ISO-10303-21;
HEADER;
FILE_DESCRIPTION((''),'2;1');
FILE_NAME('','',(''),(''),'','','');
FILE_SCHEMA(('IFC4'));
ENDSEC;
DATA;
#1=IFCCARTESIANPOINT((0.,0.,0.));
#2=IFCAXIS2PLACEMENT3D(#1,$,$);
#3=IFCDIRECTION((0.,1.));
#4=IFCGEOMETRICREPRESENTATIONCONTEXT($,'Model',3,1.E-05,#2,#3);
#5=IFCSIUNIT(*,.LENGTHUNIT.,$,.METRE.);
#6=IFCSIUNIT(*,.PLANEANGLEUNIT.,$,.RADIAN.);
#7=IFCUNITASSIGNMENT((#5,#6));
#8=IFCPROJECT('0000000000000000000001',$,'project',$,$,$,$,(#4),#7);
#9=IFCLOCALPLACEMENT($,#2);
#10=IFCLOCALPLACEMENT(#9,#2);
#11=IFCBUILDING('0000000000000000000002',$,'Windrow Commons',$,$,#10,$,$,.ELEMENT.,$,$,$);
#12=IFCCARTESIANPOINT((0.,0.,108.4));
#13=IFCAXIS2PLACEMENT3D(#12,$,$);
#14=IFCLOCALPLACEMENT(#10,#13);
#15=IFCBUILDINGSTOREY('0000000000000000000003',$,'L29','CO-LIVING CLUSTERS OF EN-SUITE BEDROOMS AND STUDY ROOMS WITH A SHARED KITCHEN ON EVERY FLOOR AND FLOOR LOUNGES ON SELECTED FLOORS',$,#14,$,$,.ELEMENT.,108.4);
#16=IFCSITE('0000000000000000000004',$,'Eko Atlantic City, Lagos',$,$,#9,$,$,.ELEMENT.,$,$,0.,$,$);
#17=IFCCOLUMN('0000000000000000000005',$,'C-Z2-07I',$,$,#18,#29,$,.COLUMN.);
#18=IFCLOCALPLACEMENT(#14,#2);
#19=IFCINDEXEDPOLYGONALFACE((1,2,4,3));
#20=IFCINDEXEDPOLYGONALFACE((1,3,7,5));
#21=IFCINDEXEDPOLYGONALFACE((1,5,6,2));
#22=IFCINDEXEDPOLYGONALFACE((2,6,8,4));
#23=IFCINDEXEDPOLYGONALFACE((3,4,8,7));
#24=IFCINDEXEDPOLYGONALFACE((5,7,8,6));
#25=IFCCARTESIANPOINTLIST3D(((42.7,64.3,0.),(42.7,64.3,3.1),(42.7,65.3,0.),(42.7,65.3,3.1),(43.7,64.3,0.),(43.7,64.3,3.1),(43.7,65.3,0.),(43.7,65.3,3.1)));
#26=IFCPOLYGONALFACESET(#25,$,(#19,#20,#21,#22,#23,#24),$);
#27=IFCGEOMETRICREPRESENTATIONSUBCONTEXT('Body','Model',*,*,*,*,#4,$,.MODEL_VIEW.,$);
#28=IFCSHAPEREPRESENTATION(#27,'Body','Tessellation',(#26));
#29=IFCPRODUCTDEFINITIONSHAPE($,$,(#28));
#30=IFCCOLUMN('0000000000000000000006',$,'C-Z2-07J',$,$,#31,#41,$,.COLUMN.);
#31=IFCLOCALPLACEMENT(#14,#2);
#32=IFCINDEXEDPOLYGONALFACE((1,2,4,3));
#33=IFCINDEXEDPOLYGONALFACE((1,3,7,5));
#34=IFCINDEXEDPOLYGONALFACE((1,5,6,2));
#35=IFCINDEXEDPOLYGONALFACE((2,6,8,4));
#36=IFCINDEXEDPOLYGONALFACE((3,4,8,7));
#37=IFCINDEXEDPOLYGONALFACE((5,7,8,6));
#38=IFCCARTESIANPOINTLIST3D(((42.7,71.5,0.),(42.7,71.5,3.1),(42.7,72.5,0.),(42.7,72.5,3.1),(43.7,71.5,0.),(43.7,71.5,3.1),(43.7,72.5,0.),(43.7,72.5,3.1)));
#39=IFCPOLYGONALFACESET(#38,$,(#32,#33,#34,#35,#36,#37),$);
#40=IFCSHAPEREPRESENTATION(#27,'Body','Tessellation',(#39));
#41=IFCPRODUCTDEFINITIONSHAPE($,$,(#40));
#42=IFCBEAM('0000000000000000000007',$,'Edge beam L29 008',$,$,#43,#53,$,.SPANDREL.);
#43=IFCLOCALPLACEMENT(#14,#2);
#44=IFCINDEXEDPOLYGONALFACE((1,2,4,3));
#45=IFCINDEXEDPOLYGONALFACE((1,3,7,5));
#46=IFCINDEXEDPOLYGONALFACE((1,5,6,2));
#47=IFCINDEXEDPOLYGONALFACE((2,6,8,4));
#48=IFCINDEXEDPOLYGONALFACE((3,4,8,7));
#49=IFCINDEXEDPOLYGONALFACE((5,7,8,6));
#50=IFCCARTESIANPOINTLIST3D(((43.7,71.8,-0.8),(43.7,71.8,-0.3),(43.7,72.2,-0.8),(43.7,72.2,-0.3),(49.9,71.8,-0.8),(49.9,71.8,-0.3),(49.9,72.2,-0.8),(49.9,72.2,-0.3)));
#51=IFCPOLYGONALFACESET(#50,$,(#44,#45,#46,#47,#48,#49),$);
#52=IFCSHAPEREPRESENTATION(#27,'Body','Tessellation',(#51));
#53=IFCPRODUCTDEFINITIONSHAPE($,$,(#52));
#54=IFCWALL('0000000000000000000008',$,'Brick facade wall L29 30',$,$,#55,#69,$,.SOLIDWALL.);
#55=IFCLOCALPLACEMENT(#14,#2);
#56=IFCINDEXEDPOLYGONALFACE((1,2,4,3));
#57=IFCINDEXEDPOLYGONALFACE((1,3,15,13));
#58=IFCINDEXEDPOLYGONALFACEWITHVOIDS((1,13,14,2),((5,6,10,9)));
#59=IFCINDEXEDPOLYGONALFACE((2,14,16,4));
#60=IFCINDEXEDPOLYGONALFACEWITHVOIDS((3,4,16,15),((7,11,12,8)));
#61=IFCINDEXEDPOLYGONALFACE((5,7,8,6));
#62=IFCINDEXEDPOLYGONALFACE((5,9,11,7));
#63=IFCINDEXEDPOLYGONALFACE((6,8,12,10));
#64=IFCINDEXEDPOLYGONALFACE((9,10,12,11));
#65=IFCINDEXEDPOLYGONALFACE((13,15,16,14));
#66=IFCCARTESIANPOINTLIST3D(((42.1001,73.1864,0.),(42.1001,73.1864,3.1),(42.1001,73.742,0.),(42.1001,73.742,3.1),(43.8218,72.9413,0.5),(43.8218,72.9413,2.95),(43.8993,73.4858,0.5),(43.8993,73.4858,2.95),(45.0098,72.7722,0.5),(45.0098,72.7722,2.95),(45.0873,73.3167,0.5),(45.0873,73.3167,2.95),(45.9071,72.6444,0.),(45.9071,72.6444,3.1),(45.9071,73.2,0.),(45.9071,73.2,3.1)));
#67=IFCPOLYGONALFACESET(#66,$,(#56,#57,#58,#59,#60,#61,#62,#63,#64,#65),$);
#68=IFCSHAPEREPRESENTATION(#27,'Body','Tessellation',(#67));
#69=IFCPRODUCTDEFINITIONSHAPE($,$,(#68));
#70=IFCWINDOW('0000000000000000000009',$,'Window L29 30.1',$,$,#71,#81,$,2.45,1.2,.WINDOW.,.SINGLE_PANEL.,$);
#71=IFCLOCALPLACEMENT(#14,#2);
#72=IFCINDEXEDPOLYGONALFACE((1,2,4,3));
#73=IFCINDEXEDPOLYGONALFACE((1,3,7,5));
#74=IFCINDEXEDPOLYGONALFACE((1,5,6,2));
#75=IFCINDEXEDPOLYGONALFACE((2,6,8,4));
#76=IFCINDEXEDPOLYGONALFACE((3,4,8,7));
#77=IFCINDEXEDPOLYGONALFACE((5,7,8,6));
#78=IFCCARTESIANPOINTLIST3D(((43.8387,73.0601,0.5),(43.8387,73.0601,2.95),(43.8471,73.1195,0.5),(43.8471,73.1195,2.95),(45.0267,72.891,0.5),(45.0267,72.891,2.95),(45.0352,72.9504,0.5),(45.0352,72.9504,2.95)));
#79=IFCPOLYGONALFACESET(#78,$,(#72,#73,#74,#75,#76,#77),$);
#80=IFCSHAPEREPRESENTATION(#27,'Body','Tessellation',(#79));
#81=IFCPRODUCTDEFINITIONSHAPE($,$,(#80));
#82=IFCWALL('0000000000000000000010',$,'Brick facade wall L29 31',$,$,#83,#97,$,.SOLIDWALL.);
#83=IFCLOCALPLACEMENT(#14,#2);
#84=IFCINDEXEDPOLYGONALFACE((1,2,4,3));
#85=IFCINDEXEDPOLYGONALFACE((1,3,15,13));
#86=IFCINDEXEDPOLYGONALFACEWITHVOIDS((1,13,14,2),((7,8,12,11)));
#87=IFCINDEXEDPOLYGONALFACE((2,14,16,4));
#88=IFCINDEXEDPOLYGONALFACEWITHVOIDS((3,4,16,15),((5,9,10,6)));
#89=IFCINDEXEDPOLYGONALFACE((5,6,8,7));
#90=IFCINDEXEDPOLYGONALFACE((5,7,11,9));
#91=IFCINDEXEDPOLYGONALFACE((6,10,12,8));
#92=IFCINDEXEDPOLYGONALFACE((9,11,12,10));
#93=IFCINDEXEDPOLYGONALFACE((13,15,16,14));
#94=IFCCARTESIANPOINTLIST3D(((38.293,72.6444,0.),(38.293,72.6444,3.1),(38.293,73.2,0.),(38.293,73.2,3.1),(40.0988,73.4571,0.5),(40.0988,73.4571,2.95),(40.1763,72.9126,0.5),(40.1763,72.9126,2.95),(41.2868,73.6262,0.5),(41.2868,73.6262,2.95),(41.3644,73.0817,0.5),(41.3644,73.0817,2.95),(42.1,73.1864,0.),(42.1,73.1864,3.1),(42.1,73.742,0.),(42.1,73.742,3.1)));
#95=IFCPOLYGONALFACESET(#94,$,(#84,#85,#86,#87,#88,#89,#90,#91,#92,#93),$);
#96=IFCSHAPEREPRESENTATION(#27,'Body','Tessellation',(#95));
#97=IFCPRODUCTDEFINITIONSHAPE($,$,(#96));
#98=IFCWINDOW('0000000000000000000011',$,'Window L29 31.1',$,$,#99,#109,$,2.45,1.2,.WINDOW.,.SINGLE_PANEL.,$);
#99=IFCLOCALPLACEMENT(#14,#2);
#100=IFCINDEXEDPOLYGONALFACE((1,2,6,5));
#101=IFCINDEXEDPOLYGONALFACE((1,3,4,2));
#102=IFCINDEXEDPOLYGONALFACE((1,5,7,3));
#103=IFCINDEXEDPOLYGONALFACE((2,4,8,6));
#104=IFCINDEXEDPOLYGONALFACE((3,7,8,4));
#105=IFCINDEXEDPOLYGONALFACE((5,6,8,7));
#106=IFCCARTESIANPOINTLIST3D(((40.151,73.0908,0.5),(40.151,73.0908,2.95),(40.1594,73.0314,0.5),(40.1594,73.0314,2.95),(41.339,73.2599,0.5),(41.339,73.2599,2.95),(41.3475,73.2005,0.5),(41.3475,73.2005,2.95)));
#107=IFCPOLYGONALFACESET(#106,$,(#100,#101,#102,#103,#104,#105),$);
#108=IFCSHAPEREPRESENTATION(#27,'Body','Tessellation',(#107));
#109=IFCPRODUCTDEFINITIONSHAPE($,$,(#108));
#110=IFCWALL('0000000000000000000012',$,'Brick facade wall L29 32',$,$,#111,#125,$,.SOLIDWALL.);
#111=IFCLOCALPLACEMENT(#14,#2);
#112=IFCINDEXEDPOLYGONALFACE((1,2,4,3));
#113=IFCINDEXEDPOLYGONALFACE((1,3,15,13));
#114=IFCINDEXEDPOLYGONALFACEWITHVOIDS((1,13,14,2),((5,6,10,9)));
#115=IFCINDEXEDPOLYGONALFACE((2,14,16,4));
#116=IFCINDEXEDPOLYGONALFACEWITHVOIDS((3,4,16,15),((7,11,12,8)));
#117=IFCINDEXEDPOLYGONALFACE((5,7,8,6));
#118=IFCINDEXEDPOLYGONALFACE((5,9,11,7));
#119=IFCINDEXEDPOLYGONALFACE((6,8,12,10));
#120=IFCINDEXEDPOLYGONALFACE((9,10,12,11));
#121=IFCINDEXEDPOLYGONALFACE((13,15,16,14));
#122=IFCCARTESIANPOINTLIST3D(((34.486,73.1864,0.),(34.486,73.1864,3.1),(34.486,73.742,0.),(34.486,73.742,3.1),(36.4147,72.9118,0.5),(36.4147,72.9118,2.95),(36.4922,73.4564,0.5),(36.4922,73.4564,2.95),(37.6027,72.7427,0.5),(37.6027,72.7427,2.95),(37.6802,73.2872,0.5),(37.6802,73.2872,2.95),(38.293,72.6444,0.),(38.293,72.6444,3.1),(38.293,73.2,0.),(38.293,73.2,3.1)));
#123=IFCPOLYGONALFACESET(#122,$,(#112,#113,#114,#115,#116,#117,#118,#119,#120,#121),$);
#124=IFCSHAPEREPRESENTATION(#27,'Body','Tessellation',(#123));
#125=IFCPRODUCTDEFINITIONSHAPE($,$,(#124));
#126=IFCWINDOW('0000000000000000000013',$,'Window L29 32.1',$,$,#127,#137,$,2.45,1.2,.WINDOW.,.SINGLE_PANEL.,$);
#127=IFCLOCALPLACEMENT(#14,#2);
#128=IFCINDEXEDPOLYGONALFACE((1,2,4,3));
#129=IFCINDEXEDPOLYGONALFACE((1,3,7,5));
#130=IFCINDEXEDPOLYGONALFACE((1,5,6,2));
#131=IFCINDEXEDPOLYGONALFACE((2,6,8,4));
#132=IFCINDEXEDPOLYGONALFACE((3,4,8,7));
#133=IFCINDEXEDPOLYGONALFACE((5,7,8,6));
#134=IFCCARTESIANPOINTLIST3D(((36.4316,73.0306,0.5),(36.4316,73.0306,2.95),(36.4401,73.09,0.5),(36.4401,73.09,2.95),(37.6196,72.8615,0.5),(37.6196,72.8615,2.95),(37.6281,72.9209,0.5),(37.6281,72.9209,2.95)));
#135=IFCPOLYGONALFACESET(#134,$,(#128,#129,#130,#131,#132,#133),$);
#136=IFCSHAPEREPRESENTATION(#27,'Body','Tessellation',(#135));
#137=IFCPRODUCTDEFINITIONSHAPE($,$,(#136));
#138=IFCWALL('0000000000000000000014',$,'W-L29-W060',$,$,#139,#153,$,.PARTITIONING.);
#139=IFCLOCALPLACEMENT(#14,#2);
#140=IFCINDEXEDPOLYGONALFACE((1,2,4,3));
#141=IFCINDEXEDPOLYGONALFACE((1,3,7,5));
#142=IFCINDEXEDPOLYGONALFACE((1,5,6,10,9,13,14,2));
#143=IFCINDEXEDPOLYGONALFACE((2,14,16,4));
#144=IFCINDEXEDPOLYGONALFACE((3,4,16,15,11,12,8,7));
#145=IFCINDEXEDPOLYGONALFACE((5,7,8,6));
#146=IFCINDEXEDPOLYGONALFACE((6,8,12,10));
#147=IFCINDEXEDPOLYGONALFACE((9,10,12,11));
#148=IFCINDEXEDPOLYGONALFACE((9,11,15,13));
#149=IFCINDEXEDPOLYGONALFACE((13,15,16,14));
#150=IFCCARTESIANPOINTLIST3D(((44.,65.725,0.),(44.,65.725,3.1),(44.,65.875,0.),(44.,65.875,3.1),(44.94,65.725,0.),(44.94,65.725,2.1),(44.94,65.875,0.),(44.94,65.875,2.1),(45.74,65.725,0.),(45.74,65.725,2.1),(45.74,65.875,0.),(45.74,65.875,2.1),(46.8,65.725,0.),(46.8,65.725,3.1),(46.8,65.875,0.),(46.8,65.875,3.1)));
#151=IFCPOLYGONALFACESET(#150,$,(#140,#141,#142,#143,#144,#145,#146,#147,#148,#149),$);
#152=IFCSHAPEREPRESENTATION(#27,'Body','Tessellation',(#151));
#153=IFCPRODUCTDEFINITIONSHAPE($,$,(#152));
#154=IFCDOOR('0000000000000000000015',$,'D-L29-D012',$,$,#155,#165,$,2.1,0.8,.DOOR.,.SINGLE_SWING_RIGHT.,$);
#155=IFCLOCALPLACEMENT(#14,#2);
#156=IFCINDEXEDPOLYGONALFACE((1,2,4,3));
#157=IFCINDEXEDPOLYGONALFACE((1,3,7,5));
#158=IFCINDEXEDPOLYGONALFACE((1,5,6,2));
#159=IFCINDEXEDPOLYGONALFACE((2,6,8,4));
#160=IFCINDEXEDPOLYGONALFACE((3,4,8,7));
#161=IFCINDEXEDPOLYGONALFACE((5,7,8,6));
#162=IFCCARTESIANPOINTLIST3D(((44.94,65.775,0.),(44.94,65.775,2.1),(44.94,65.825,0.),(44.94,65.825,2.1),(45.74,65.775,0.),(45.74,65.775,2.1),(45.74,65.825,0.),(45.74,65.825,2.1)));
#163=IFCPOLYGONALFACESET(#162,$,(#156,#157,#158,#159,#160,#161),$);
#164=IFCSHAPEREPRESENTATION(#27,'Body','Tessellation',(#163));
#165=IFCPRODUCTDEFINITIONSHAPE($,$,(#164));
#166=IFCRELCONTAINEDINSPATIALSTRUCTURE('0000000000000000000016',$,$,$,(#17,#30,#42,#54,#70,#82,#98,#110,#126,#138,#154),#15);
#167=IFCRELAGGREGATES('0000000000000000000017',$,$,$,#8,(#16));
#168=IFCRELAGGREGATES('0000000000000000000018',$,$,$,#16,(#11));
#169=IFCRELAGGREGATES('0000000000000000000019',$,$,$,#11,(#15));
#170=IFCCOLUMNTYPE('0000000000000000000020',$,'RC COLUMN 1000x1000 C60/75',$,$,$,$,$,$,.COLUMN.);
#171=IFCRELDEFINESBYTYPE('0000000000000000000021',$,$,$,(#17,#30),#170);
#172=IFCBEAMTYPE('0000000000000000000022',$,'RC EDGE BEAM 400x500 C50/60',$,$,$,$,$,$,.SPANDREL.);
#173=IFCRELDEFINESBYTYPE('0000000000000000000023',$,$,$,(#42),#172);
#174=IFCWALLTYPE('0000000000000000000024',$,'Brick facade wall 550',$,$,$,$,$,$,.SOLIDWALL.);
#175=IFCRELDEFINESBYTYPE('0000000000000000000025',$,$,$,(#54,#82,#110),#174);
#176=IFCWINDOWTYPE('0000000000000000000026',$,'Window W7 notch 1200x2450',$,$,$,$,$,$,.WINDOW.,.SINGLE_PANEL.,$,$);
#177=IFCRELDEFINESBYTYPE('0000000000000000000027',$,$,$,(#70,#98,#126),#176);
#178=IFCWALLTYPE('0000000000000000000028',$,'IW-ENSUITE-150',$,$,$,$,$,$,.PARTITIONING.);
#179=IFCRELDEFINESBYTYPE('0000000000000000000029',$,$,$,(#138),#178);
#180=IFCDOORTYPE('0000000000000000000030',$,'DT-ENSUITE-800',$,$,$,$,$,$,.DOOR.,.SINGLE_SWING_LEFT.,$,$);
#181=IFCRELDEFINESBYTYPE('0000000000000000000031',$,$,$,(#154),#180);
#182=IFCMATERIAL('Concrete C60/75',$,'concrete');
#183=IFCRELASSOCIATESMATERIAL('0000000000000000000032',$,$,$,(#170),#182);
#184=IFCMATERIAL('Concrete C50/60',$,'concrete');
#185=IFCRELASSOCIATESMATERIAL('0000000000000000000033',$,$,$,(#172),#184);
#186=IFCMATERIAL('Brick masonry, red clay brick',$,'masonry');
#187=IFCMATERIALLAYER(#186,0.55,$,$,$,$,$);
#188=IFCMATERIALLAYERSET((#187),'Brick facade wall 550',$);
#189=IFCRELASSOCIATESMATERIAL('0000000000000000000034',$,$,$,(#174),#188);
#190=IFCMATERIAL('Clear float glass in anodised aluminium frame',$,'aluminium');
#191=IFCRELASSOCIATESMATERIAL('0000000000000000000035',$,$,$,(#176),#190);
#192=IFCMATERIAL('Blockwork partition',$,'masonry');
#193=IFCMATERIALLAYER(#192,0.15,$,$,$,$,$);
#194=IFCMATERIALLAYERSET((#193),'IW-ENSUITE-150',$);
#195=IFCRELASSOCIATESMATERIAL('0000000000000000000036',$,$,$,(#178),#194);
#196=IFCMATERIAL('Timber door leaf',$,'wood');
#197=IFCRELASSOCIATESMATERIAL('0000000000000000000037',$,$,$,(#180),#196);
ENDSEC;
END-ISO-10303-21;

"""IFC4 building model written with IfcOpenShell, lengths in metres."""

from ifc_helpers import new_model, si_unit, direction, frame, frame_2d, origin, origin_2d, place, context, subcontext, project, spatial, polyline, rectangle, outline, extrude, material, layer, layer_set, material_profile, profile_set, type_object, element, fill, save


model = new_model("IFC4")

# Units and contexts
model_context = context("Model", 3, precision=1e-05, world=origin(), true_north=direction((0.0, 1.0)))
body_context = subcontext(model_context, "Body", "Model", "MODEL_VIEW")
ifc_project = project(units=[si_unit("LENGTHUNIT", "METRE"), si_unit("PLANEANGLEUNIT", "RADIAN")], contexts=[model_context])

# Site, building, storey
site_placement = place(None, origin())
site = spatial("IfcSite", under=ifc_project, at=site_placement, Name="Eko Atlantic City, Lagos", CompositionType="ELEMENT", RefElevation=0.0)
building_placement = place(site_placement, origin())
building = spatial("IfcBuilding", under=site, at=building_placement, Name="Windrow Commons", CompositionType="ELEMENT")
storey_placement = place(building_placement, frame((0.0, 0.0, 108.4)))
storey = spatial("IfcBuildingStorey", under=building, at=storey_placement, Name="L29", Description="CO-LIVING CLUSTERS OF EN-SUITE BEDROOMS AND STUDY ROOMS WITH A SHARED KITCHEN ON EVERY FLOOR AND FLOOR LOUNGES ON SELECTED FLOORS", CompositionType="ELEMENT", Elevation=108.4)

# Columns
ifc_material_1 = material(Name="Concrete C60/75", Category="concrete")
ifc_material_profile_1 = material_profile(ifc_material_1, rectangle(XDim=1.0, YDim=1.0, at=origin_2d()))
ifc_profile_set_1 = profile_set([ifc_material_profile_1], Name="Concrete C60/75")
column_type = type_object("IfcColumnType", Name="RC COLUMN 1000x1000 C60/75", PredefinedType="COLUMN", material=ifc_profile_set_1)
for number, where, z_axis, x_axis, name in (
    (1, (43.2, 64.8, 0.0), (0.0, 0.0, 1.0), (1.0, 0.0, 0.0), "C-Z2-07I"),
    (2, (43.2, 72.0, 0.0), (0.0, 0.0, 1.0), (1.0, 0.0, 0.0), "C-Z2-07J"),
):
    element("IfcColumn", number, at=place(storey_placement, frame(where, z_axis=z_axis, x_axis=x_axis)), inside=storey, type_object=column_type, Name=name, PredefinedType="COLUMN", context=body_context, shape_type="SweptSolid", body=[
        extrude(rectangle(XDim=1.0, YDim=1.0, at=origin_2d()), origin(), (0.0, 0.0, 1.0), 3.1),
    ])

# Beam
ifc_material_2 = material(Name="Concrete C50/60", Category="concrete")
ifc_material_profile_2 = material_profile(ifc_material_2, rectangle(XDim=0.4, YDim=0.5, at=origin_2d()))
ifc_profile_set_2 = profile_set([ifc_material_profile_2], Name="Concrete C50/60")
beam_type = type_object("IfcBeamType", Name="RC EDGE BEAM 400x500 C50/60", PredefinedType="SPANDREL", material=ifc_profile_set_2)
beam_placement = place(storey_placement, frame((43.7, 72.0, -0.55), z_axis=(1.0, 0.0, 0.0), x_axis=(0.0, 1.0, 0.0)))
element("IfcBeam", 3, at=beam_placement, inside=storey, type_object=beam_type, Name="Edge beam L29 008", PredefinedType="SPANDREL", context=body_context, shape_type="SweptSolid", body=[
    extrude(rectangle(XDim=0.4, YDim=0.5, at=origin_2d()), origin(), (0.0, 0.0, 1.0), 6.2),
])

# Walls, openings, windows
ifc_material_3 = material(Name="Brick masonry, red clay brick", Category="masonry")
ifc_layer_1 = layer(ifc_material_3, 0.55)
ifc_layer_set_1 = layer_set([ifc_layer_1], Name="Brick facade wall 550")
wall_type_1 = type_object("IfcWallType", Name="Brick facade wall 550", PredefinedType="SOLIDWALL", material=ifc_layer_set_1)
wall_1_placement = place(storey_placement, frame((45.9071, 72.9222, 0.0), z_axis=(0.0, 0.0, 1.0), x_axis=(-0.990018, 0.140944, 0.0)))
wall_1 = element("IfcWall", 4, at=wall_1_placement, inside=storey, type_object=wall_type_1, Name="Brick facade wall L29 30", PredefinedType="SOLIDWALL", context=body_context, shape_type="SweptSolid", body=[
    extrude(outline(polyline([(0.0392, -0.275), (3.8845, -0.275), (3.8062, 0.275), (-0.0392, 0.275), (0.0392, -0.275)])), origin(), (0.0, 0.0, 1.0), 3.1),
])
opening_1_placement = place(wall_1_placement, frame((0.8672, 0.0, 0.5)))
opening_1 = element("IfcOpeningElement", 5, at=opening_1_placement, cuts=wall_1, PredefinedType="OPENING", context=body_context, shape_type="SweptSolid", body=[
    extrude(rectangle(XDim=1.2, YDim=2.45, at=frame_2d((0.6, 1.225))), frame((0.0, 0.285, 0.0), z_axis=(0.0, -1.0, 0.0), x_axis=(1.0, 0.0, 0.0)), (0.0, 0.0, 1.0), 0.57),
])
ifc_material_4 = material(Name="Clear float glass in anodised aluminium frame", Category="aluminium")
window_type = type_object("IfcWindowType", Name="Window W7 notch 1200x2450", PartitioningType="SINGLE_PANEL", PredefinedType="WINDOW", material=ifc_material_4)
window_1_placement = place(opening_1_placement, origin())
window_1 = element("IfcWindow", 6, at=window_1_placement, inside=storey, type_object=window_type, Name="Window L29 30.1", OverallHeight=2.45, OverallWidth=1.2, PartitioningType="SINGLE_PANEL", PredefinedType="WINDOW", context=body_context, shape_type="SweptSolid", body=[
    extrude(rectangle(XDim=1.2, YDim=2.45, at=frame_2d((0.6, 1.225))), frame((0.0, 0.155, 0.0), z_axis=(0.0, -1.0, 0.0), x_axis=(1.0, 0.0, 0.0)), (0.0, 0.0, 1.0), 0.06),
])
fill(opening_1, window_1)
wall_2_placement = place(storey_placement, frame((42.1, 73.4642, 0.0), z_axis=(0.0, 0.0, 1.0), x_axis=(-0.990017, -0.140948, 0.0)))
wall_2 = element("IfcWall", 7, at=wall_2_placement, inside=storey, type_object=wall_type_1, Name="Brick facade wall L29 31", PredefinedType="SOLIDWALL", context=body_context, shape_type="SweptSolid", body=[
    extrude(outline(polyline([(-0.0392, -0.275), (3.8062, -0.275), (3.8845, 0.275), (0.0392, 0.275), (-0.0392, -0.275)])), origin(), (0.0, 0.0, 1.0), 3.1),
])
opening_2_placement = place(wall_2_placement, frame((0.7822, 0.0, 0.5)))
opening_2 = element("IfcOpeningElement", 8, at=opening_2_placement, cuts=wall_2, PredefinedType="OPENING", context=body_context, shape_type="SweptSolid", body=[
    extrude(rectangle(XDim=1.2, YDim=2.45, at=frame_2d((0.6, 1.225))), frame((0.0, 0.285, 0.0), z_axis=(0.0, -1.0, 0.0), x_axis=(1.0, 0.0, 0.0)), (0.0, 0.0, 1.0), 0.57),
])
window_2_placement = place(opening_2_placement, origin())
window_2 = element("IfcWindow", 9, at=window_2_placement, inside=storey, type_object=window_type, Name="Window L29 31.1", OverallHeight=2.45, OverallWidth=1.2, PartitioningType="SINGLE_PANEL", PredefinedType="WINDOW", context=body_context, shape_type="SweptSolid", body=[
    extrude(rectangle(XDim=1.2, YDim=2.45, at=frame_2d((0.6, 1.225))), frame((0.0, 0.155, 0.0), z_axis=(0.0, -1.0, 0.0), x_axis=(1.0, 0.0, 0.0)), (0.0, 0.0, 1.0), 0.06),
])
fill(opening_2, window_2)
wall_3_placement = place(storey_placement, frame((38.293, 72.9222, 0.0), z_axis=(0.0, 0.0, 1.0), x_axis=(-0.990017, 0.140948, 0.0)))
wall_3 = element("IfcWall", 10, at=wall_3_placement, inside=storey, type_object=wall_type_1, Name="Brick facade wall L29 32", PredefinedType="SOLIDWALL", context=body_context, shape_type="SweptSolid", body=[
    extrude(outline(polyline([(0.0392, -0.275), (3.8845, -0.275), (3.8062, 0.275), (-0.0392, 0.275), (0.0392, -0.275)])), origin(), (0.0, 0.0, 1.0), 3.1),
])
opening_3_placement = place(wall_3_placement, frame((0.6581, 0.0, 0.5)))
opening_3 = element("IfcOpeningElement", 11, at=opening_3_placement, cuts=wall_3, PredefinedType="OPENING", context=body_context, shape_type="SweptSolid", body=[
    extrude(rectangle(XDim=1.2, YDim=2.45, at=frame_2d((0.6, 1.225))), frame((0.0, 0.285, 0.0), z_axis=(0.0, -1.0, 0.0), x_axis=(1.0, 0.0, 0.0)), (0.0, 0.0, 1.0), 0.57),
])
window_3_placement = place(opening_3_placement, origin())
window_3 = element("IfcWindow", 12, at=window_3_placement, inside=storey, type_object=window_type, Name="Window L29 32.1", OverallHeight=2.45, OverallWidth=1.2, PartitioningType="SINGLE_PANEL", PredefinedType="WINDOW", context=body_context, shape_type="SweptSolid", body=[
    extrude(rectangle(XDim=1.2, YDim=2.45, at=frame_2d((0.6, 1.225))), frame((0.0, 0.155, 0.0), z_axis=(0.0, -1.0, 0.0), x_axis=(1.0, 0.0, 0.0)), (0.0, 0.0, 1.0), 0.06),
])
fill(opening_3, window_3)

# Wall, opening, door
ifc_material_5 = material(Name="Blockwork partition", Category="masonry")
ifc_layer_2 = layer(ifc_material_5, 0.15)
ifc_layer_set_2 = layer_set([ifc_layer_2], Name="IW-ENSUITE-150")
wall_type_2 = type_object("IfcWallType", Name="IW-ENSUITE-150", PredefinedType="PARTITIONING", material=ifc_layer_set_2)
wall_4_placement = place(storey_placement, frame((44.0, 65.8, 0.0), z_axis=(0.0, 0.0, 1.0), x_axis=(1.0, 0.0, 0.0)))
wall_4 = element("IfcWall", 13, at=wall_4_placement, inside=storey, type_object=wall_type_2, Name="W-L29-W060", PredefinedType="PARTITIONING", context=body_context, shape_type="SweptSolid", body=[
    extrude(rectangle(XDim=2.8, YDim=0.15, at=frame_2d((1.4, 0.0))), origin(), (0.0, 0.0, 1.0), 3.1),
])
opening_4_placement = place(wall_4_placement, frame((0.94, 0.0, 0.0)))
opening_4 = element("IfcOpeningElement", 14, at=opening_4_placement, cuts=wall_4, PredefinedType="OPENING", context=body_context, shape_type="SweptSolid", body=[
    extrude(rectangle(XDim=0.8, YDim=2.1, at=frame_2d((0.4, 1.05))), frame((0.0, 0.085, 0.0), z_axis=(0.0, -1.0, 0.0), x_axis=(1.0, 0.0, 0.0)), (0.0, 0.0, 1.0), 0.17),
])
ifc_material_6 = material(Name="Timber door leaf", Category="wood")
door_type = type_object("IfcDoorType", Name="DT-ENSUITE-800", OperationType="SINGLE_SWING_LEFT", PredefinedType="DOOR", material=ifc_material_6)
door_placement = place(opening_4_placement, origin())
door = element("IfcDoor", 15, at=door_placement, inside=storey, type_object=door_type, Name="D-L29-D012", OperationType="SINGLE_SWING_RIGHT", OverallHeight=2.1, OverallWidth=0.8, PredefinedType="DOOR", context=body_context, shape_type="SweptSolid", body=[
    extrude(rectangle(XDim=0.8, YDim=2.1, at=frame_2d((0.4, 1.05))), frame((0.0, 0.025, 0.0), z_axis=(0.0, -1.0, 0.0), x_axis=(1.0, 0.0, 0.0)), (0.0, 0.0, 1.0), 0.05),
])
fill(opening_4, door)

save(model, "model.ifc")
